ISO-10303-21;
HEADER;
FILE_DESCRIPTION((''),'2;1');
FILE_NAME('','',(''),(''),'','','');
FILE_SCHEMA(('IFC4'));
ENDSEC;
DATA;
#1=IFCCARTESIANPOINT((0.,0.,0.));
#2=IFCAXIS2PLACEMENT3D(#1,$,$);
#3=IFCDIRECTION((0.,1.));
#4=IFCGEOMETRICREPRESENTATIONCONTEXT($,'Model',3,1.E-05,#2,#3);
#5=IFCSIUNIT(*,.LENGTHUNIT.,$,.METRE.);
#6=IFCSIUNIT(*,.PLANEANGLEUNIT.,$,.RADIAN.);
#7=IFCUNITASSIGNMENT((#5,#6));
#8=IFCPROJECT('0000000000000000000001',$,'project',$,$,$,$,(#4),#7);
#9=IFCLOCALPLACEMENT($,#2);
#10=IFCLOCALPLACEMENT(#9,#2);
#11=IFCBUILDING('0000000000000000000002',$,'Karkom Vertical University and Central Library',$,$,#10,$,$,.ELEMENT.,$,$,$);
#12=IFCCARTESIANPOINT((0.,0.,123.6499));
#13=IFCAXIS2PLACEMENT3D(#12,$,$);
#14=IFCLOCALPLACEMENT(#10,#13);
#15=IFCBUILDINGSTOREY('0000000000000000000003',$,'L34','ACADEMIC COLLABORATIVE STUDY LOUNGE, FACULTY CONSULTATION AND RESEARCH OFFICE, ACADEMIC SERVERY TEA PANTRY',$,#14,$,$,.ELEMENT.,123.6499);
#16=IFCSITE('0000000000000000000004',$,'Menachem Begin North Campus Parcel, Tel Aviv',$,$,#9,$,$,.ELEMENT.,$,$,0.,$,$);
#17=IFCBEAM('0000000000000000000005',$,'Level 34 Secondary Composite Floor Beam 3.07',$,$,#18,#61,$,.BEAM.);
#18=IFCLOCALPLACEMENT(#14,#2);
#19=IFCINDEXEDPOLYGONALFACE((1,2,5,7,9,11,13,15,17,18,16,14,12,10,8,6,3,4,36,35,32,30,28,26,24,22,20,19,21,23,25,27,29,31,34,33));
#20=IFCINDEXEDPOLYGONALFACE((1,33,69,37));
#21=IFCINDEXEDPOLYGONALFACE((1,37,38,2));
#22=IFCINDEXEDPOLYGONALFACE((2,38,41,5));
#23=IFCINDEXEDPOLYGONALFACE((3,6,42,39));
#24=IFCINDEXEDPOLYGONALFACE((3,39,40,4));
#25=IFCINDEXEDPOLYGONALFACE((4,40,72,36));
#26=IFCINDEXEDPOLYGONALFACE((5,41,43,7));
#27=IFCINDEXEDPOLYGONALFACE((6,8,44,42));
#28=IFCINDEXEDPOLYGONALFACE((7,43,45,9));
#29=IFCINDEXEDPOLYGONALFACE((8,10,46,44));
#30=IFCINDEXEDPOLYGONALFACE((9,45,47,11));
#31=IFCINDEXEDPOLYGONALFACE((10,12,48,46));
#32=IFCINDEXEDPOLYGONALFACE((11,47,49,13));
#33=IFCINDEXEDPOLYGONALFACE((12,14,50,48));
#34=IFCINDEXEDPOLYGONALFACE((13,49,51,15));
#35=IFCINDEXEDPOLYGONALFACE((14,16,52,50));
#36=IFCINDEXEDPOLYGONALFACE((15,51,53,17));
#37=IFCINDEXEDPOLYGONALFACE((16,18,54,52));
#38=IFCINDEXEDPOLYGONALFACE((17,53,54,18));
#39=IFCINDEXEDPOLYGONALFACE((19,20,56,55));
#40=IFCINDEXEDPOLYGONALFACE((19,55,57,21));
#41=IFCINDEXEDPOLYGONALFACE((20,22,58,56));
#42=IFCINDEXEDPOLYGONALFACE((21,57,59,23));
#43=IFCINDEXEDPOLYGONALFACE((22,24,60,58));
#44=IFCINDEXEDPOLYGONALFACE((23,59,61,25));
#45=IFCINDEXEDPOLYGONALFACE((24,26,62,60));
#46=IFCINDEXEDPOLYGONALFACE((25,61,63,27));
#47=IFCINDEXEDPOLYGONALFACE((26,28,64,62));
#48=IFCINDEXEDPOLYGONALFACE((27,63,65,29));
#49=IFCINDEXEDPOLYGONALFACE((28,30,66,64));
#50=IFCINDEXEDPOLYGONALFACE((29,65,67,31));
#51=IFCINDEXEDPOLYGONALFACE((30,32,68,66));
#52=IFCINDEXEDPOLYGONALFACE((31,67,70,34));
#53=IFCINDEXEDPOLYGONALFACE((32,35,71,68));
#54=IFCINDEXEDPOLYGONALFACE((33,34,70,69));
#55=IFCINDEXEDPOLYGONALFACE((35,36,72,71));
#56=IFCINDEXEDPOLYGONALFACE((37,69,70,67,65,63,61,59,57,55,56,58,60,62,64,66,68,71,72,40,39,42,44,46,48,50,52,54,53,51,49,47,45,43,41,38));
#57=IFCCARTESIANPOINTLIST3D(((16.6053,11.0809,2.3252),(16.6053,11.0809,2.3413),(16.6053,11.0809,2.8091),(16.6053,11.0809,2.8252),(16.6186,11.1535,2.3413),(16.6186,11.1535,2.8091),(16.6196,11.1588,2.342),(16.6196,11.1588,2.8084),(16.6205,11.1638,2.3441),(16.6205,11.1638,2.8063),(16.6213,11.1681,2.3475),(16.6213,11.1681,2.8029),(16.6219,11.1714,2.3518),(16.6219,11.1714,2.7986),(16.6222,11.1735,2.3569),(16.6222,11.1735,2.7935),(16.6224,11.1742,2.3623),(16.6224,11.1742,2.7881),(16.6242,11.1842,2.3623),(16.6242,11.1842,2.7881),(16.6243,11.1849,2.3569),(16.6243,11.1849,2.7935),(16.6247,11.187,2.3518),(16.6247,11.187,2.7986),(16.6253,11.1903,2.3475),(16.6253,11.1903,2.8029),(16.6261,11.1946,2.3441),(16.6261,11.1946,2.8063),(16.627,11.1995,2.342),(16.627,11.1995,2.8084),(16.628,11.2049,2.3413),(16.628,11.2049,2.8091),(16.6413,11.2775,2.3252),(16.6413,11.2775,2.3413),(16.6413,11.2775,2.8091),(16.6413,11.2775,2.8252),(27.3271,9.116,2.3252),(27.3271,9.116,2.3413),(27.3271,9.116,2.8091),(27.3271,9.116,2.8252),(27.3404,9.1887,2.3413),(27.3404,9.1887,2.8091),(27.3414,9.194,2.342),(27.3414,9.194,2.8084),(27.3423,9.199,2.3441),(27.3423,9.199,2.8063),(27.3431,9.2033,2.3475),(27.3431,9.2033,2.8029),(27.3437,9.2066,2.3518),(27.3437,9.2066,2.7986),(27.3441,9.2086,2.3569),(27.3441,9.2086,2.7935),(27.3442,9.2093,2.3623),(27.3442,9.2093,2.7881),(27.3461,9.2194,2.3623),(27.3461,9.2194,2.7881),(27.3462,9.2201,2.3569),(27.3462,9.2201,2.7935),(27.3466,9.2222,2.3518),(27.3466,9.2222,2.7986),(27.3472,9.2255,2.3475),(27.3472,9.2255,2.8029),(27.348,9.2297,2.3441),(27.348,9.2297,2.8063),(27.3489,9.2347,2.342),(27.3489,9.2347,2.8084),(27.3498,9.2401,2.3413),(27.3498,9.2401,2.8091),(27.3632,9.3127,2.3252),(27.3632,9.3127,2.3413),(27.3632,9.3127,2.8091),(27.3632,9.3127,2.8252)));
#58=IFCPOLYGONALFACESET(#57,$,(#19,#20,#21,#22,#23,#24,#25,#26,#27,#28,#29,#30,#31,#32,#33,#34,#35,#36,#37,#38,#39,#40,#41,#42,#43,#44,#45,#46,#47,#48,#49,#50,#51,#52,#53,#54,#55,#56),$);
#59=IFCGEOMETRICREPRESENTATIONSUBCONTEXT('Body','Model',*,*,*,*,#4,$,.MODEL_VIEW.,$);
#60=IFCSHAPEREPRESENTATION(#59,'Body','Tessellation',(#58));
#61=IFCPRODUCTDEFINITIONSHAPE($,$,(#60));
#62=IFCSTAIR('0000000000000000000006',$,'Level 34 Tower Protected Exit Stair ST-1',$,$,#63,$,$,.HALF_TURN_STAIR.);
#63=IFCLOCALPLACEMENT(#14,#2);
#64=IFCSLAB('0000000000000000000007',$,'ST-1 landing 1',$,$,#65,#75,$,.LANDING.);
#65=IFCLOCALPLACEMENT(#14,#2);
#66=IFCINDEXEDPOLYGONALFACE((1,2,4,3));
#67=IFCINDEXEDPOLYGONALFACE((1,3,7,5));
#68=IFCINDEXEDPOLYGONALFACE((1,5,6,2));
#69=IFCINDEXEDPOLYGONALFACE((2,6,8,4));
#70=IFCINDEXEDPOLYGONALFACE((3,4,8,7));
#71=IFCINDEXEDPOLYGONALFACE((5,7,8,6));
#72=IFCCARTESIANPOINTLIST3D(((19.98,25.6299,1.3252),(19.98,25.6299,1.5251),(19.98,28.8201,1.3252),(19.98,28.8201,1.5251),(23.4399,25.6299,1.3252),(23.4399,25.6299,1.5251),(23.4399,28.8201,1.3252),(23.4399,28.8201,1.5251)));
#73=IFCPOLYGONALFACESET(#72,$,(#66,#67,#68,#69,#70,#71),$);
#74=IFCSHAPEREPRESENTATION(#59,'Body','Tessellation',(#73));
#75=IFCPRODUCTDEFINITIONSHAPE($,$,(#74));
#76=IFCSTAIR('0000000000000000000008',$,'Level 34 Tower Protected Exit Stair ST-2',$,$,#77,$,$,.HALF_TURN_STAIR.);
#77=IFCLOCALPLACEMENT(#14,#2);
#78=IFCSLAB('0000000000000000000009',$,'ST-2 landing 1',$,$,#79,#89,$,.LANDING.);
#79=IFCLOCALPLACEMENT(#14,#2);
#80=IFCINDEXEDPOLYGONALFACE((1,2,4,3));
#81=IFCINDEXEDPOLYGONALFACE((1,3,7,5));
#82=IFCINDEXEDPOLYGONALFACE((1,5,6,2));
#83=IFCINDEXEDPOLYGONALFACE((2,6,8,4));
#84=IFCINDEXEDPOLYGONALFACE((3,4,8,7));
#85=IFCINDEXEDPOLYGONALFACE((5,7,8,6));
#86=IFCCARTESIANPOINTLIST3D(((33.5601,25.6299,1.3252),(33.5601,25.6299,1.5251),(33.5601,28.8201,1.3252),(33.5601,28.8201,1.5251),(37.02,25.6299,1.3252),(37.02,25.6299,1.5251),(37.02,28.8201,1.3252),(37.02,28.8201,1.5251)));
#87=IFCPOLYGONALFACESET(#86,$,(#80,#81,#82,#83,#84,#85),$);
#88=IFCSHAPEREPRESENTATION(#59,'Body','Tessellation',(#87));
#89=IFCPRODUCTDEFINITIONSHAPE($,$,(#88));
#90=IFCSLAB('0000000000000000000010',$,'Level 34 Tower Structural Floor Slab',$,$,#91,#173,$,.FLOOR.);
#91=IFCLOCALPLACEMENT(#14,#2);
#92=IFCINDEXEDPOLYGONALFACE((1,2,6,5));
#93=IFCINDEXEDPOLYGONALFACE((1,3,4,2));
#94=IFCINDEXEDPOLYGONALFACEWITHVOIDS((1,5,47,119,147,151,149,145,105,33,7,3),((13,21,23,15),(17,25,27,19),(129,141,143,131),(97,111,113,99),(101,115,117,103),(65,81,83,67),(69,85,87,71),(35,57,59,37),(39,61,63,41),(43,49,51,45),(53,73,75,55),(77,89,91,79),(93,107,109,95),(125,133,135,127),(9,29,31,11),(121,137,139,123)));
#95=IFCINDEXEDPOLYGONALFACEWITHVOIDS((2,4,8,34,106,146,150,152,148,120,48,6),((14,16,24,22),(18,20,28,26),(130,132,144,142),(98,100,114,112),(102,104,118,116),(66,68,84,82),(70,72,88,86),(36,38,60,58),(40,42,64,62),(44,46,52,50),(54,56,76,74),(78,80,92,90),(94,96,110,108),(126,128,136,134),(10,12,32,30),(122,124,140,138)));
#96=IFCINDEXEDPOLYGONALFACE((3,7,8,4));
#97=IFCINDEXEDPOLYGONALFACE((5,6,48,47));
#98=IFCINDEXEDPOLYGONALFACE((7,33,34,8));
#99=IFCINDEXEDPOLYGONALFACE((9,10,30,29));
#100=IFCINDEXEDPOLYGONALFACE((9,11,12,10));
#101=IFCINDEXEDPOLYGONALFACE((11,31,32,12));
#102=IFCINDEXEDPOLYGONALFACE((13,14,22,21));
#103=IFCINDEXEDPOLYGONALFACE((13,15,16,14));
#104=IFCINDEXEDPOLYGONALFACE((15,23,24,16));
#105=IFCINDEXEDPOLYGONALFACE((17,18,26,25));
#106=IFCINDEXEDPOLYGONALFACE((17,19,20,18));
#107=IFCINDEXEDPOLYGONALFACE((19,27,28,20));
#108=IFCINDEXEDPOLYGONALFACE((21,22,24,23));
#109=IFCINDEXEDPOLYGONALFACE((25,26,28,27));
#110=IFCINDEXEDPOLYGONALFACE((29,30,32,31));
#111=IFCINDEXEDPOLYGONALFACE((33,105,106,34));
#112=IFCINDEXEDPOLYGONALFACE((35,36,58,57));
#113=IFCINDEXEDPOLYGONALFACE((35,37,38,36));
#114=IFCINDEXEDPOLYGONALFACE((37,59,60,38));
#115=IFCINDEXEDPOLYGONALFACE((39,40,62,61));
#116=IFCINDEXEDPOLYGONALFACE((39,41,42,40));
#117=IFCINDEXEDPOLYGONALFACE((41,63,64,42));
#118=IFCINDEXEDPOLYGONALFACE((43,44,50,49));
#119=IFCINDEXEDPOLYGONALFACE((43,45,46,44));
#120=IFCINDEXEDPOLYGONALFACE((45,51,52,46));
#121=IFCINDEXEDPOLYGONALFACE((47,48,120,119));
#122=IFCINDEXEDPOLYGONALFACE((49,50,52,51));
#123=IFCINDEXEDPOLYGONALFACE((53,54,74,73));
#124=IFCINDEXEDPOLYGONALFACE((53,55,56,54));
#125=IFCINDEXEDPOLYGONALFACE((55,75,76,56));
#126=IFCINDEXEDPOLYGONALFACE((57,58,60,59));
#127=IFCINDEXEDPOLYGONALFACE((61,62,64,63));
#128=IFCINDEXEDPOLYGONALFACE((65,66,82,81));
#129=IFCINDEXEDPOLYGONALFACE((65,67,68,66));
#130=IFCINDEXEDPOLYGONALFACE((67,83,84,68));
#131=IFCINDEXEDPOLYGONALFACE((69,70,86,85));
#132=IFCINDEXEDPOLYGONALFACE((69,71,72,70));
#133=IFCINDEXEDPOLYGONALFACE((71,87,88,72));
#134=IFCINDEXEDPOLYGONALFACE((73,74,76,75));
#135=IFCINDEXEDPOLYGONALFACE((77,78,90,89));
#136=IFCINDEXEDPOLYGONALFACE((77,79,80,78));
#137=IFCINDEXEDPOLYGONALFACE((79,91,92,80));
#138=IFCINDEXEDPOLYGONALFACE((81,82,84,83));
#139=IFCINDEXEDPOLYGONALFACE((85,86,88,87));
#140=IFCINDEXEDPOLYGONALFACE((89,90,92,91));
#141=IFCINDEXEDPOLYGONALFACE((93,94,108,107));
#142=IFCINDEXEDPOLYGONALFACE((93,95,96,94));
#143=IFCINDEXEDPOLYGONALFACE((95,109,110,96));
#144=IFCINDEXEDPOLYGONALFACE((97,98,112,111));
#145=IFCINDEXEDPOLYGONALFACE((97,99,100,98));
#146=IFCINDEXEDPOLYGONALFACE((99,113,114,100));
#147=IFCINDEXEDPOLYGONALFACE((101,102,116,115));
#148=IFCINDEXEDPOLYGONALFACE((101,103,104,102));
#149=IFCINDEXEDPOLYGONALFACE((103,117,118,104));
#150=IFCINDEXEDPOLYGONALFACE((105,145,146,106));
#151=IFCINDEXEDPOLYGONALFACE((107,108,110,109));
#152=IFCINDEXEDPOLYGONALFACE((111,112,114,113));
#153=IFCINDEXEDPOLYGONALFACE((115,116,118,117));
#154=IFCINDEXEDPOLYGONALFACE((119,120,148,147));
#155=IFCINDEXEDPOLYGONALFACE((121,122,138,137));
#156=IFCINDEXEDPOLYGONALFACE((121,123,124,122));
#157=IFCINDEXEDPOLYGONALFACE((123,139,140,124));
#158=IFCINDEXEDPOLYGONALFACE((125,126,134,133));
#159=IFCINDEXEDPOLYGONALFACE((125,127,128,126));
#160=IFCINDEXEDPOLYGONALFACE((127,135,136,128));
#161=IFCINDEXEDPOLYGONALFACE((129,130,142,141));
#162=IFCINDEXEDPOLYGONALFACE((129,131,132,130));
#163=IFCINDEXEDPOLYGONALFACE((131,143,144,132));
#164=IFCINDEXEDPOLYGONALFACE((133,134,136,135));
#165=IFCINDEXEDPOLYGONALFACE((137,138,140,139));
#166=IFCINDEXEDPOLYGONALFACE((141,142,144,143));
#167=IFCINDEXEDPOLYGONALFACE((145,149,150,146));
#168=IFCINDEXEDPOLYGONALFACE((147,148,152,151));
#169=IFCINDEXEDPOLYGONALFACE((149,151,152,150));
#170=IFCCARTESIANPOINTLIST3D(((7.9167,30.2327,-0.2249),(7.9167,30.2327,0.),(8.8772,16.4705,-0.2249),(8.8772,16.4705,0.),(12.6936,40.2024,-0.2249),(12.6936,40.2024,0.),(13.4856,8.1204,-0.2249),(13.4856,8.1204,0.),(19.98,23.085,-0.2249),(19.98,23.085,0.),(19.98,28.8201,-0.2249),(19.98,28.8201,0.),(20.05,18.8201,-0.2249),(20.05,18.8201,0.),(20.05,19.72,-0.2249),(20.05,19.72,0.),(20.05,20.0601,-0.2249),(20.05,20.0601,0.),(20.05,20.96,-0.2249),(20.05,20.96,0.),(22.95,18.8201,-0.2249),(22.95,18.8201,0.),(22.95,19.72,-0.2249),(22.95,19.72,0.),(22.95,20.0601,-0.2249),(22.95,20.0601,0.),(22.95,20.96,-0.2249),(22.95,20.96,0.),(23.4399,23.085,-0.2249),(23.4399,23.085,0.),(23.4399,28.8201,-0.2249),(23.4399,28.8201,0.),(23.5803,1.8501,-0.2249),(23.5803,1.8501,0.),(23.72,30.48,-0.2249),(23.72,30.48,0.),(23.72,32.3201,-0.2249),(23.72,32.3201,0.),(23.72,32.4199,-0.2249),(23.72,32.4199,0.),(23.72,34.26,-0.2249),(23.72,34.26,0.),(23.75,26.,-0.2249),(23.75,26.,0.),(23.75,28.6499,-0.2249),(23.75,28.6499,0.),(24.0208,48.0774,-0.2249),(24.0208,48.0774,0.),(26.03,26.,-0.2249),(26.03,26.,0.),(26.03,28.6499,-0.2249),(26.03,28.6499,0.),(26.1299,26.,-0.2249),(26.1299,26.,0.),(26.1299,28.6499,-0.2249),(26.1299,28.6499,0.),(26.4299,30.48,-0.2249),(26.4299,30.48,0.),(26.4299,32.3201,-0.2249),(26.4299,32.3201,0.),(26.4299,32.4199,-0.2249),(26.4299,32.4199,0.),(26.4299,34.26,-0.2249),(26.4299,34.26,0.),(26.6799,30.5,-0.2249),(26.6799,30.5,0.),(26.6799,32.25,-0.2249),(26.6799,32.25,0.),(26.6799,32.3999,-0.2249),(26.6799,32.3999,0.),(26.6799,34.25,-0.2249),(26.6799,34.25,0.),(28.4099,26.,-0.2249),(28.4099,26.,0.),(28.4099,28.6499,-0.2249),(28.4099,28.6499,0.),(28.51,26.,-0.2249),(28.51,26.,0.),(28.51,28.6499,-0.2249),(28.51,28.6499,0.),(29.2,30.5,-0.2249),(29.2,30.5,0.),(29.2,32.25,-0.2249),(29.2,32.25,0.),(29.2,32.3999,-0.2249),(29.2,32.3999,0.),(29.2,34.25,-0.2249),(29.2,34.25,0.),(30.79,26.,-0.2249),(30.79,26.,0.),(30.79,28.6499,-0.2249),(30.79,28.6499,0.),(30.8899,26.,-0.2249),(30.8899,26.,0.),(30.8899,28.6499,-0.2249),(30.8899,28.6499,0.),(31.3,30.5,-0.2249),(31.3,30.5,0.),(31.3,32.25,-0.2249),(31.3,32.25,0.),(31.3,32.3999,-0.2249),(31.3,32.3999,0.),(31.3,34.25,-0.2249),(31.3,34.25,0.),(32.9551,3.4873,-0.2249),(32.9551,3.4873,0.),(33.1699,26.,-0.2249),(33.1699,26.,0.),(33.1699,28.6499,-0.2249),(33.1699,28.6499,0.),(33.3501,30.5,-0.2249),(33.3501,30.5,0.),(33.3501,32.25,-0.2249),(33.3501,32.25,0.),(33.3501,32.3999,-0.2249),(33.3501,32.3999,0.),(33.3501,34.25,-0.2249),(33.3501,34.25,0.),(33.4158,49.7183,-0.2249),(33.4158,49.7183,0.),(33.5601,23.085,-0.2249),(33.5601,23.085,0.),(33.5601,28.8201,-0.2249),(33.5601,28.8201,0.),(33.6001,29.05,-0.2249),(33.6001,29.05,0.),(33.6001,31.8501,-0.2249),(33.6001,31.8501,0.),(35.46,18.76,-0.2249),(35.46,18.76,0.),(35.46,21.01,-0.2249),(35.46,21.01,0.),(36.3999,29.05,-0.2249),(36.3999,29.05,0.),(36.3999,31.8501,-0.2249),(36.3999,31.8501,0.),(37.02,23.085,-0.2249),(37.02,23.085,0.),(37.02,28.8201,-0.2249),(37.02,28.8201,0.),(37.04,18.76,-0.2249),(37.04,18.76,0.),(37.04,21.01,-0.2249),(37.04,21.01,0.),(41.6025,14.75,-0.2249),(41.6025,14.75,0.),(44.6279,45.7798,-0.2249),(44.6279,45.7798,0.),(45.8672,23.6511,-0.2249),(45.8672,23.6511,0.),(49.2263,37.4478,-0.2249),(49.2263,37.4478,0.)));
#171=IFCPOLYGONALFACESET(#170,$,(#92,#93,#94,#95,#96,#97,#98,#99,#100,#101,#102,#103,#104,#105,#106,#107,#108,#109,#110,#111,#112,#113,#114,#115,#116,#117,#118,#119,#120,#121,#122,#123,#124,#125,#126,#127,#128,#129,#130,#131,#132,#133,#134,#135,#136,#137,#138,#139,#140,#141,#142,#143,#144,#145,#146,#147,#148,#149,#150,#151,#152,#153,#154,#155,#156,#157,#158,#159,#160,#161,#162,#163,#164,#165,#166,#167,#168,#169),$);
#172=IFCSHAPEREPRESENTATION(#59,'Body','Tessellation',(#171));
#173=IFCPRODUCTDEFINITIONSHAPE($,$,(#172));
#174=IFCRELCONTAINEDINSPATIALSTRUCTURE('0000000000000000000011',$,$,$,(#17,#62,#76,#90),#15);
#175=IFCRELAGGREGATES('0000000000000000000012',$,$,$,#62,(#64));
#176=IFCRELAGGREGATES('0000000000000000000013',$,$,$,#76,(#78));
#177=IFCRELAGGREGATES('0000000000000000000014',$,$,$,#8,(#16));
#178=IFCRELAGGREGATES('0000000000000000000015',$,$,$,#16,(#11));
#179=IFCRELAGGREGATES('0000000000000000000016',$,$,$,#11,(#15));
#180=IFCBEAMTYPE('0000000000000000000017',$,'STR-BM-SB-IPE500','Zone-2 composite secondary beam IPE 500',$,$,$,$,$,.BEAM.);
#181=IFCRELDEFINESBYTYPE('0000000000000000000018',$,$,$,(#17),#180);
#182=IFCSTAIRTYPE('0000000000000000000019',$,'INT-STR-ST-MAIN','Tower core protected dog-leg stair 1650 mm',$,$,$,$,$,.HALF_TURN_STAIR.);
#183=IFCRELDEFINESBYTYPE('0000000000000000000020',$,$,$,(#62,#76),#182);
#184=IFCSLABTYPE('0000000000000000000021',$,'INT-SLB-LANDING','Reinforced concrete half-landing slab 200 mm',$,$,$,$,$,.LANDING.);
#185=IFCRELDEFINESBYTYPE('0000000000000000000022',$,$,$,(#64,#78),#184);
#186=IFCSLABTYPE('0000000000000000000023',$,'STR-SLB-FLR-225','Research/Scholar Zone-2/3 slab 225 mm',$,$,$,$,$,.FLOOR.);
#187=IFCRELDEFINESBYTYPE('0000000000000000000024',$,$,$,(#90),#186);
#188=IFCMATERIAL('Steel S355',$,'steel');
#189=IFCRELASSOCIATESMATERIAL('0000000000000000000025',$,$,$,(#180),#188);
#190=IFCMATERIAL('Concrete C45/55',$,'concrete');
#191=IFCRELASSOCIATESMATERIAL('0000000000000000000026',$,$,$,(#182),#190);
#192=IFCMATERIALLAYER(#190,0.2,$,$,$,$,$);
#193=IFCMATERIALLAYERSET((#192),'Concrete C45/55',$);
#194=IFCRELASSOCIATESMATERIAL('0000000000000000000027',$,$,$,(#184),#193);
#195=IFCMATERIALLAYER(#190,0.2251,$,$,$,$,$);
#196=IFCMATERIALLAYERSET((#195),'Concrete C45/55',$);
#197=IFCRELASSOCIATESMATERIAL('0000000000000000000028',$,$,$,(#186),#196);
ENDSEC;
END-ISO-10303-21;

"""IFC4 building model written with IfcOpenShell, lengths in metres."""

from ifc_helpers import new_model, si_unit, direction, frame, origin, origin_with_axes, origin_2d, place, context, subcontext, project, spatial, polyline, i_section, outline, extrude, source, transform, mapped, material, layer, layer_set, material_profile, profile_set, type_object, element, aggregate, save


model = new_model("IFC4")

# Units and contexts
model_context = context("Model", 3, precision=1e-05, world=origin(), true_north=direction((0.0, 1.0)))
body_context = subcontext(model_context, "Body", "Model", "MODEL_VIEW")
ifc_project = project(units=[si_unit("LENGTHUNIT", "METRE"), si_unit("PLANEANGLEUNIT", "RADIAN")], contexts=[model_context])

# Site, building, storey
site_placement = place(None, origin())
site = spatial("IfcSite", under=ifc_project, at=site_placement, Name="Menachem Begin North Campus Parcel, Tel Aviv", CompositionType="ELEMENT", RefElevation=0.0)
building_placement = place(site_placement, origin())
building = spatial("IfcBuilding", under=site, at=building_placement, Name="Karkom Vertical University and Central Library", CompositionType="ELEMENT")
storey_placement = place(building_placement, frame((0.0, 0.0, 123.6499)))
storey = spatial("IfcBuildingStorey", under=building, at=storey_placement, Name="L34", Description="ACADEMIC COLLABORATIVE STUDY LOUNGE, FACULTY CONSULTATION AND RESEARCH OFFICE, ACADEMIC SERVERY TEA PANTRY", CompositionType="ELEMENT", Elevation=123.6499)

# Beam
ifc_material_1 = material(Name="Steel S355", Category="steel")
ifc_material_profile_1 = material_profile(ifc_material_1, i_section(OverallWidth=0.2, OverallDepth=0.5, WebThickness=0.0103, FlangeThickness=0.0161, FilletRadius=0.021, at=origin_2d()), Name="IPE 500")
ifc_profile_set_1 = profile_set([ifc_material_profile_1], Name="Steel S355")
beam_type_1 = type_object("IfcBeamType", Name="STR-BM-SB-IPE500", Description="Zone-2 composite secondary beam IPE 500", PredefinedType="BEAM", material=ifc_profile_set_1)
shared_shape_1 = source(origin_with_axes(), body_context, "Body", "SweptSolid", [
    extrude(i_section(OverallWidth=0.2, OverallDepth=0.5, WebThickness=0.0103, FlangeThickness=0.0161, FilletRadius=0.021, at=origin_2d()), origin(), (0.0, 0.0, 1.0), 10.9004),
])
beam_1_placement = place(storey_placement, frame((16.6233, 11.1792, 2.5752), z_axis=(0.98362, -0.180253, 0.0), x_axis=(0.180253, 0.98362, 0.0)))
element("IfcBeam", 1, at=beam_1_placement, inside=storey, type_object=beam_type_1, Name="Level 34 Secondary Composite Floor Beam 3.07", PredefinedType="BEAM", context=body_context, shape_type="MappedRepresentation", body=[
    mapped(shared_shape_1, transform((0.0, 0.0, 0.0), scale=1.0)),
])

# Stairs, slabs
ifc_material_2 = material(Name="Concrete C45/55", Category="concrete")
stair_type = type_object("IfcStairType", Name="INT-STR-ST-MAIN", Description="Tower core protected dog-leg stair 1650 mm", PredefinedType="HALF_TURN_STAIR", material=ifc_material_2)
stair_1_placement = place(storey_placement, origin())
stair_1 = element("IfcStair", 2, at=stair_1_placement, inside=storey, type_object=stair_type, Name="Level 34 Tower Protected Exit Stair ST-1", PredefinedType="HALF_TURN_STAIR")
ifc_layer_1 = layer(ifc_material_2, 0.2)
ifc_layer_set_1 = layer_set([ifc_layer_1], Name="Concrete C45/55")
slab_type_1 = type_object("IfcSlabType", Name="INT-SLB-LANDING", Description="Reinforced concrete half-landing slab 200 mm", PredefinedType="LANDING", material=ifc_layer_set_1)
slab_1_placement = place(storey_placement, frame((0.0, 0.0, 1.3252)))
slab_1 = element("IfcSlab", 3, at=slab_1_placement, type_object=slab_type_1, Name="ST-1 landing 1", PredefinedType="LANDING", context=body_context, shape_type="SweptSolid", body=[
    extrude(outline(polyline([(23.4399, 25.6299), (23.4399, 28.8201), (19.98, 28.8201), (19.98, 25.6299), (23.4399, 25.6299)])), origin(), (0.0, 0.0, 1.0), 0.2),
])
aggregate(stair_1, [slab_1])
stair_2_placement = place(storey_placement, origin())
stair_2 = element("IfcStair", 4, at=stair_2_placement, inside=storey, type_object=stair_type, Name="Level 34 Tower Protected Exit Stair ST-2", PredefinedType="HALF_TURN_STAIR")
slab_2_placement = place(storey_placement, frame((0.0, 0.0, 1.3252)))
slab_2 = element("IfcSlab", 5, at=slab_2_placement, type_object=slab_type_1, Name="ST-2 landing 1", PredefinedType="LANDING", context=body_context, shape_type="SweptSolid", body=[
    extrude(outline(polyline([(37.02, 25.6299), (37.02, 28.8201), (33.5601, 28.8201), (33.5601, 25.6299), (37.02, 25.6299)])), origin(), (0.0, 0.0, 1.0), 0.2),
])
aggregate(stair_2, [slab_2])

# Slab
ifc_layer_2 = layer(ifc_material_2, 0.2251)
ifc_layer_set_2 = layer_set([ifc_layer_2], Name="Concrete C45/55")
slab_type_2 = type_object("IfcSlabType", Name="STR-SLB-FLR-225", Description="Research/Scholar Zone-2/3 slab 225 mm", PredefinedType="FLOOR", material=ifc_layer_set_2)
slab_3_placement = place(storey_placement, frame((0.0, 0.0, -0.2249)))
element("IfcSlab", 6, at=slab_3_placement, inside=storey, type_object=slab_type_2, Name="Level 34 Tower Structural Floor Slab", PredefinedType="FLOOR", context=body_context, shape_type="SweptSolid", body=[
    extrude(outline(polyline([(12.6936, 40.2024), (7.9167, 30.2327), (8.8772, 16.4705), (13.4856, 8.1204), (23.5803, 1.8501), (32.9551, 3.4873), (41.6025, 14.75), (45.8672, 23.6511), (49.2263, 37.4478), (44.6279, 45.7798), (33.4158, 49.7183), (24.0208, 48.0774), (12.6936, 40.2024)]), holes=[polyline([(19.98, 23.085), (23.4399, 23.085), (23.4399, 28.8201), (19.98, 28.8201), (19.98, 23.085)]), polyline([(33.5601, 23.085), (37.02, 23.085), (37.02, 28.8201), (33.5601, 28.8201), (33.5601, 23.085)]), polyline([(23.75, 26.0), (26.03, 26.0), (26.03, 28.6499), (23.75, 28.6499), (23.75, 26.0)]), polyline([(26.1299, 26.0), (28.4099, 26.0), (28.4099, 28.6499), (26.1299, 28.6499), (26.1299, 26.0)]), polyline([(28.51, 26.0), (30.79, 26.0), (30.79, 28.6499), (28.51, 28.6499), (28.51, 26.0)]), polyline([(30.8899, 26.0), (33.1699, 26.0), (33.1699, 28.6499), (30.8899, 28.6499), (30.8899, 26.0)]), polyline([(26.6799, 30.5), (29.2, 30.5), (29.2, 32.25), (26.6799, 32.25), (26.6799, 30.5)]), polyline([(26.6799, 32.3999), (29.2, 32.3999), (29.2, 34.25), (26.6799, 34.25), (26.6799, 32.3999)]), polyline([(31.3, 30.5), (33.3501, 30.5), (33.3501, 32.25), (31.3, 32.25), (31.3, 30.5)]), polyline([(31.3, 32.3999), (33.3501, 32.3999), (33.3501, 34.25), (31.3, 34.25), (31.3, 32.3999)]), polyline([(23.72, 30.48), (26.4299, 30.48), (26.4299, 32.3201), (23.72, 32.3201), (23.72, 30.48)]), polyline([(23.72, 32.4199), (26.4299, 32.4199), (26.4299, 34.26), (23.72, 34.26), (23.72, 32.4199)]), polyline([(33.6001, 29.05), (36.3999, 29.05), (36.3999, 31.8501), (33.6001, 31.8501), (33.6001, 29.05)]), polyline([(20.05, 18.8201), (22.95, 18.8201), (22.95, 19.72), (20.05, 19.72), (20.05, 18.8201)]), polyline([(20.05, 20.0601), (22.95, 20.0601), (22.95, 20.96), (20.05, 20.96), (20.05, 20.0601)]), polyline([(35.46, 18.76), (37.04, 18.76), (37.04, 21.01), (35.46, 21.01), (35.46, 18.76)])]), origin(), (0.0, 0.0, 1.0), 0.2249),
])

save(model, "model.ifc")
